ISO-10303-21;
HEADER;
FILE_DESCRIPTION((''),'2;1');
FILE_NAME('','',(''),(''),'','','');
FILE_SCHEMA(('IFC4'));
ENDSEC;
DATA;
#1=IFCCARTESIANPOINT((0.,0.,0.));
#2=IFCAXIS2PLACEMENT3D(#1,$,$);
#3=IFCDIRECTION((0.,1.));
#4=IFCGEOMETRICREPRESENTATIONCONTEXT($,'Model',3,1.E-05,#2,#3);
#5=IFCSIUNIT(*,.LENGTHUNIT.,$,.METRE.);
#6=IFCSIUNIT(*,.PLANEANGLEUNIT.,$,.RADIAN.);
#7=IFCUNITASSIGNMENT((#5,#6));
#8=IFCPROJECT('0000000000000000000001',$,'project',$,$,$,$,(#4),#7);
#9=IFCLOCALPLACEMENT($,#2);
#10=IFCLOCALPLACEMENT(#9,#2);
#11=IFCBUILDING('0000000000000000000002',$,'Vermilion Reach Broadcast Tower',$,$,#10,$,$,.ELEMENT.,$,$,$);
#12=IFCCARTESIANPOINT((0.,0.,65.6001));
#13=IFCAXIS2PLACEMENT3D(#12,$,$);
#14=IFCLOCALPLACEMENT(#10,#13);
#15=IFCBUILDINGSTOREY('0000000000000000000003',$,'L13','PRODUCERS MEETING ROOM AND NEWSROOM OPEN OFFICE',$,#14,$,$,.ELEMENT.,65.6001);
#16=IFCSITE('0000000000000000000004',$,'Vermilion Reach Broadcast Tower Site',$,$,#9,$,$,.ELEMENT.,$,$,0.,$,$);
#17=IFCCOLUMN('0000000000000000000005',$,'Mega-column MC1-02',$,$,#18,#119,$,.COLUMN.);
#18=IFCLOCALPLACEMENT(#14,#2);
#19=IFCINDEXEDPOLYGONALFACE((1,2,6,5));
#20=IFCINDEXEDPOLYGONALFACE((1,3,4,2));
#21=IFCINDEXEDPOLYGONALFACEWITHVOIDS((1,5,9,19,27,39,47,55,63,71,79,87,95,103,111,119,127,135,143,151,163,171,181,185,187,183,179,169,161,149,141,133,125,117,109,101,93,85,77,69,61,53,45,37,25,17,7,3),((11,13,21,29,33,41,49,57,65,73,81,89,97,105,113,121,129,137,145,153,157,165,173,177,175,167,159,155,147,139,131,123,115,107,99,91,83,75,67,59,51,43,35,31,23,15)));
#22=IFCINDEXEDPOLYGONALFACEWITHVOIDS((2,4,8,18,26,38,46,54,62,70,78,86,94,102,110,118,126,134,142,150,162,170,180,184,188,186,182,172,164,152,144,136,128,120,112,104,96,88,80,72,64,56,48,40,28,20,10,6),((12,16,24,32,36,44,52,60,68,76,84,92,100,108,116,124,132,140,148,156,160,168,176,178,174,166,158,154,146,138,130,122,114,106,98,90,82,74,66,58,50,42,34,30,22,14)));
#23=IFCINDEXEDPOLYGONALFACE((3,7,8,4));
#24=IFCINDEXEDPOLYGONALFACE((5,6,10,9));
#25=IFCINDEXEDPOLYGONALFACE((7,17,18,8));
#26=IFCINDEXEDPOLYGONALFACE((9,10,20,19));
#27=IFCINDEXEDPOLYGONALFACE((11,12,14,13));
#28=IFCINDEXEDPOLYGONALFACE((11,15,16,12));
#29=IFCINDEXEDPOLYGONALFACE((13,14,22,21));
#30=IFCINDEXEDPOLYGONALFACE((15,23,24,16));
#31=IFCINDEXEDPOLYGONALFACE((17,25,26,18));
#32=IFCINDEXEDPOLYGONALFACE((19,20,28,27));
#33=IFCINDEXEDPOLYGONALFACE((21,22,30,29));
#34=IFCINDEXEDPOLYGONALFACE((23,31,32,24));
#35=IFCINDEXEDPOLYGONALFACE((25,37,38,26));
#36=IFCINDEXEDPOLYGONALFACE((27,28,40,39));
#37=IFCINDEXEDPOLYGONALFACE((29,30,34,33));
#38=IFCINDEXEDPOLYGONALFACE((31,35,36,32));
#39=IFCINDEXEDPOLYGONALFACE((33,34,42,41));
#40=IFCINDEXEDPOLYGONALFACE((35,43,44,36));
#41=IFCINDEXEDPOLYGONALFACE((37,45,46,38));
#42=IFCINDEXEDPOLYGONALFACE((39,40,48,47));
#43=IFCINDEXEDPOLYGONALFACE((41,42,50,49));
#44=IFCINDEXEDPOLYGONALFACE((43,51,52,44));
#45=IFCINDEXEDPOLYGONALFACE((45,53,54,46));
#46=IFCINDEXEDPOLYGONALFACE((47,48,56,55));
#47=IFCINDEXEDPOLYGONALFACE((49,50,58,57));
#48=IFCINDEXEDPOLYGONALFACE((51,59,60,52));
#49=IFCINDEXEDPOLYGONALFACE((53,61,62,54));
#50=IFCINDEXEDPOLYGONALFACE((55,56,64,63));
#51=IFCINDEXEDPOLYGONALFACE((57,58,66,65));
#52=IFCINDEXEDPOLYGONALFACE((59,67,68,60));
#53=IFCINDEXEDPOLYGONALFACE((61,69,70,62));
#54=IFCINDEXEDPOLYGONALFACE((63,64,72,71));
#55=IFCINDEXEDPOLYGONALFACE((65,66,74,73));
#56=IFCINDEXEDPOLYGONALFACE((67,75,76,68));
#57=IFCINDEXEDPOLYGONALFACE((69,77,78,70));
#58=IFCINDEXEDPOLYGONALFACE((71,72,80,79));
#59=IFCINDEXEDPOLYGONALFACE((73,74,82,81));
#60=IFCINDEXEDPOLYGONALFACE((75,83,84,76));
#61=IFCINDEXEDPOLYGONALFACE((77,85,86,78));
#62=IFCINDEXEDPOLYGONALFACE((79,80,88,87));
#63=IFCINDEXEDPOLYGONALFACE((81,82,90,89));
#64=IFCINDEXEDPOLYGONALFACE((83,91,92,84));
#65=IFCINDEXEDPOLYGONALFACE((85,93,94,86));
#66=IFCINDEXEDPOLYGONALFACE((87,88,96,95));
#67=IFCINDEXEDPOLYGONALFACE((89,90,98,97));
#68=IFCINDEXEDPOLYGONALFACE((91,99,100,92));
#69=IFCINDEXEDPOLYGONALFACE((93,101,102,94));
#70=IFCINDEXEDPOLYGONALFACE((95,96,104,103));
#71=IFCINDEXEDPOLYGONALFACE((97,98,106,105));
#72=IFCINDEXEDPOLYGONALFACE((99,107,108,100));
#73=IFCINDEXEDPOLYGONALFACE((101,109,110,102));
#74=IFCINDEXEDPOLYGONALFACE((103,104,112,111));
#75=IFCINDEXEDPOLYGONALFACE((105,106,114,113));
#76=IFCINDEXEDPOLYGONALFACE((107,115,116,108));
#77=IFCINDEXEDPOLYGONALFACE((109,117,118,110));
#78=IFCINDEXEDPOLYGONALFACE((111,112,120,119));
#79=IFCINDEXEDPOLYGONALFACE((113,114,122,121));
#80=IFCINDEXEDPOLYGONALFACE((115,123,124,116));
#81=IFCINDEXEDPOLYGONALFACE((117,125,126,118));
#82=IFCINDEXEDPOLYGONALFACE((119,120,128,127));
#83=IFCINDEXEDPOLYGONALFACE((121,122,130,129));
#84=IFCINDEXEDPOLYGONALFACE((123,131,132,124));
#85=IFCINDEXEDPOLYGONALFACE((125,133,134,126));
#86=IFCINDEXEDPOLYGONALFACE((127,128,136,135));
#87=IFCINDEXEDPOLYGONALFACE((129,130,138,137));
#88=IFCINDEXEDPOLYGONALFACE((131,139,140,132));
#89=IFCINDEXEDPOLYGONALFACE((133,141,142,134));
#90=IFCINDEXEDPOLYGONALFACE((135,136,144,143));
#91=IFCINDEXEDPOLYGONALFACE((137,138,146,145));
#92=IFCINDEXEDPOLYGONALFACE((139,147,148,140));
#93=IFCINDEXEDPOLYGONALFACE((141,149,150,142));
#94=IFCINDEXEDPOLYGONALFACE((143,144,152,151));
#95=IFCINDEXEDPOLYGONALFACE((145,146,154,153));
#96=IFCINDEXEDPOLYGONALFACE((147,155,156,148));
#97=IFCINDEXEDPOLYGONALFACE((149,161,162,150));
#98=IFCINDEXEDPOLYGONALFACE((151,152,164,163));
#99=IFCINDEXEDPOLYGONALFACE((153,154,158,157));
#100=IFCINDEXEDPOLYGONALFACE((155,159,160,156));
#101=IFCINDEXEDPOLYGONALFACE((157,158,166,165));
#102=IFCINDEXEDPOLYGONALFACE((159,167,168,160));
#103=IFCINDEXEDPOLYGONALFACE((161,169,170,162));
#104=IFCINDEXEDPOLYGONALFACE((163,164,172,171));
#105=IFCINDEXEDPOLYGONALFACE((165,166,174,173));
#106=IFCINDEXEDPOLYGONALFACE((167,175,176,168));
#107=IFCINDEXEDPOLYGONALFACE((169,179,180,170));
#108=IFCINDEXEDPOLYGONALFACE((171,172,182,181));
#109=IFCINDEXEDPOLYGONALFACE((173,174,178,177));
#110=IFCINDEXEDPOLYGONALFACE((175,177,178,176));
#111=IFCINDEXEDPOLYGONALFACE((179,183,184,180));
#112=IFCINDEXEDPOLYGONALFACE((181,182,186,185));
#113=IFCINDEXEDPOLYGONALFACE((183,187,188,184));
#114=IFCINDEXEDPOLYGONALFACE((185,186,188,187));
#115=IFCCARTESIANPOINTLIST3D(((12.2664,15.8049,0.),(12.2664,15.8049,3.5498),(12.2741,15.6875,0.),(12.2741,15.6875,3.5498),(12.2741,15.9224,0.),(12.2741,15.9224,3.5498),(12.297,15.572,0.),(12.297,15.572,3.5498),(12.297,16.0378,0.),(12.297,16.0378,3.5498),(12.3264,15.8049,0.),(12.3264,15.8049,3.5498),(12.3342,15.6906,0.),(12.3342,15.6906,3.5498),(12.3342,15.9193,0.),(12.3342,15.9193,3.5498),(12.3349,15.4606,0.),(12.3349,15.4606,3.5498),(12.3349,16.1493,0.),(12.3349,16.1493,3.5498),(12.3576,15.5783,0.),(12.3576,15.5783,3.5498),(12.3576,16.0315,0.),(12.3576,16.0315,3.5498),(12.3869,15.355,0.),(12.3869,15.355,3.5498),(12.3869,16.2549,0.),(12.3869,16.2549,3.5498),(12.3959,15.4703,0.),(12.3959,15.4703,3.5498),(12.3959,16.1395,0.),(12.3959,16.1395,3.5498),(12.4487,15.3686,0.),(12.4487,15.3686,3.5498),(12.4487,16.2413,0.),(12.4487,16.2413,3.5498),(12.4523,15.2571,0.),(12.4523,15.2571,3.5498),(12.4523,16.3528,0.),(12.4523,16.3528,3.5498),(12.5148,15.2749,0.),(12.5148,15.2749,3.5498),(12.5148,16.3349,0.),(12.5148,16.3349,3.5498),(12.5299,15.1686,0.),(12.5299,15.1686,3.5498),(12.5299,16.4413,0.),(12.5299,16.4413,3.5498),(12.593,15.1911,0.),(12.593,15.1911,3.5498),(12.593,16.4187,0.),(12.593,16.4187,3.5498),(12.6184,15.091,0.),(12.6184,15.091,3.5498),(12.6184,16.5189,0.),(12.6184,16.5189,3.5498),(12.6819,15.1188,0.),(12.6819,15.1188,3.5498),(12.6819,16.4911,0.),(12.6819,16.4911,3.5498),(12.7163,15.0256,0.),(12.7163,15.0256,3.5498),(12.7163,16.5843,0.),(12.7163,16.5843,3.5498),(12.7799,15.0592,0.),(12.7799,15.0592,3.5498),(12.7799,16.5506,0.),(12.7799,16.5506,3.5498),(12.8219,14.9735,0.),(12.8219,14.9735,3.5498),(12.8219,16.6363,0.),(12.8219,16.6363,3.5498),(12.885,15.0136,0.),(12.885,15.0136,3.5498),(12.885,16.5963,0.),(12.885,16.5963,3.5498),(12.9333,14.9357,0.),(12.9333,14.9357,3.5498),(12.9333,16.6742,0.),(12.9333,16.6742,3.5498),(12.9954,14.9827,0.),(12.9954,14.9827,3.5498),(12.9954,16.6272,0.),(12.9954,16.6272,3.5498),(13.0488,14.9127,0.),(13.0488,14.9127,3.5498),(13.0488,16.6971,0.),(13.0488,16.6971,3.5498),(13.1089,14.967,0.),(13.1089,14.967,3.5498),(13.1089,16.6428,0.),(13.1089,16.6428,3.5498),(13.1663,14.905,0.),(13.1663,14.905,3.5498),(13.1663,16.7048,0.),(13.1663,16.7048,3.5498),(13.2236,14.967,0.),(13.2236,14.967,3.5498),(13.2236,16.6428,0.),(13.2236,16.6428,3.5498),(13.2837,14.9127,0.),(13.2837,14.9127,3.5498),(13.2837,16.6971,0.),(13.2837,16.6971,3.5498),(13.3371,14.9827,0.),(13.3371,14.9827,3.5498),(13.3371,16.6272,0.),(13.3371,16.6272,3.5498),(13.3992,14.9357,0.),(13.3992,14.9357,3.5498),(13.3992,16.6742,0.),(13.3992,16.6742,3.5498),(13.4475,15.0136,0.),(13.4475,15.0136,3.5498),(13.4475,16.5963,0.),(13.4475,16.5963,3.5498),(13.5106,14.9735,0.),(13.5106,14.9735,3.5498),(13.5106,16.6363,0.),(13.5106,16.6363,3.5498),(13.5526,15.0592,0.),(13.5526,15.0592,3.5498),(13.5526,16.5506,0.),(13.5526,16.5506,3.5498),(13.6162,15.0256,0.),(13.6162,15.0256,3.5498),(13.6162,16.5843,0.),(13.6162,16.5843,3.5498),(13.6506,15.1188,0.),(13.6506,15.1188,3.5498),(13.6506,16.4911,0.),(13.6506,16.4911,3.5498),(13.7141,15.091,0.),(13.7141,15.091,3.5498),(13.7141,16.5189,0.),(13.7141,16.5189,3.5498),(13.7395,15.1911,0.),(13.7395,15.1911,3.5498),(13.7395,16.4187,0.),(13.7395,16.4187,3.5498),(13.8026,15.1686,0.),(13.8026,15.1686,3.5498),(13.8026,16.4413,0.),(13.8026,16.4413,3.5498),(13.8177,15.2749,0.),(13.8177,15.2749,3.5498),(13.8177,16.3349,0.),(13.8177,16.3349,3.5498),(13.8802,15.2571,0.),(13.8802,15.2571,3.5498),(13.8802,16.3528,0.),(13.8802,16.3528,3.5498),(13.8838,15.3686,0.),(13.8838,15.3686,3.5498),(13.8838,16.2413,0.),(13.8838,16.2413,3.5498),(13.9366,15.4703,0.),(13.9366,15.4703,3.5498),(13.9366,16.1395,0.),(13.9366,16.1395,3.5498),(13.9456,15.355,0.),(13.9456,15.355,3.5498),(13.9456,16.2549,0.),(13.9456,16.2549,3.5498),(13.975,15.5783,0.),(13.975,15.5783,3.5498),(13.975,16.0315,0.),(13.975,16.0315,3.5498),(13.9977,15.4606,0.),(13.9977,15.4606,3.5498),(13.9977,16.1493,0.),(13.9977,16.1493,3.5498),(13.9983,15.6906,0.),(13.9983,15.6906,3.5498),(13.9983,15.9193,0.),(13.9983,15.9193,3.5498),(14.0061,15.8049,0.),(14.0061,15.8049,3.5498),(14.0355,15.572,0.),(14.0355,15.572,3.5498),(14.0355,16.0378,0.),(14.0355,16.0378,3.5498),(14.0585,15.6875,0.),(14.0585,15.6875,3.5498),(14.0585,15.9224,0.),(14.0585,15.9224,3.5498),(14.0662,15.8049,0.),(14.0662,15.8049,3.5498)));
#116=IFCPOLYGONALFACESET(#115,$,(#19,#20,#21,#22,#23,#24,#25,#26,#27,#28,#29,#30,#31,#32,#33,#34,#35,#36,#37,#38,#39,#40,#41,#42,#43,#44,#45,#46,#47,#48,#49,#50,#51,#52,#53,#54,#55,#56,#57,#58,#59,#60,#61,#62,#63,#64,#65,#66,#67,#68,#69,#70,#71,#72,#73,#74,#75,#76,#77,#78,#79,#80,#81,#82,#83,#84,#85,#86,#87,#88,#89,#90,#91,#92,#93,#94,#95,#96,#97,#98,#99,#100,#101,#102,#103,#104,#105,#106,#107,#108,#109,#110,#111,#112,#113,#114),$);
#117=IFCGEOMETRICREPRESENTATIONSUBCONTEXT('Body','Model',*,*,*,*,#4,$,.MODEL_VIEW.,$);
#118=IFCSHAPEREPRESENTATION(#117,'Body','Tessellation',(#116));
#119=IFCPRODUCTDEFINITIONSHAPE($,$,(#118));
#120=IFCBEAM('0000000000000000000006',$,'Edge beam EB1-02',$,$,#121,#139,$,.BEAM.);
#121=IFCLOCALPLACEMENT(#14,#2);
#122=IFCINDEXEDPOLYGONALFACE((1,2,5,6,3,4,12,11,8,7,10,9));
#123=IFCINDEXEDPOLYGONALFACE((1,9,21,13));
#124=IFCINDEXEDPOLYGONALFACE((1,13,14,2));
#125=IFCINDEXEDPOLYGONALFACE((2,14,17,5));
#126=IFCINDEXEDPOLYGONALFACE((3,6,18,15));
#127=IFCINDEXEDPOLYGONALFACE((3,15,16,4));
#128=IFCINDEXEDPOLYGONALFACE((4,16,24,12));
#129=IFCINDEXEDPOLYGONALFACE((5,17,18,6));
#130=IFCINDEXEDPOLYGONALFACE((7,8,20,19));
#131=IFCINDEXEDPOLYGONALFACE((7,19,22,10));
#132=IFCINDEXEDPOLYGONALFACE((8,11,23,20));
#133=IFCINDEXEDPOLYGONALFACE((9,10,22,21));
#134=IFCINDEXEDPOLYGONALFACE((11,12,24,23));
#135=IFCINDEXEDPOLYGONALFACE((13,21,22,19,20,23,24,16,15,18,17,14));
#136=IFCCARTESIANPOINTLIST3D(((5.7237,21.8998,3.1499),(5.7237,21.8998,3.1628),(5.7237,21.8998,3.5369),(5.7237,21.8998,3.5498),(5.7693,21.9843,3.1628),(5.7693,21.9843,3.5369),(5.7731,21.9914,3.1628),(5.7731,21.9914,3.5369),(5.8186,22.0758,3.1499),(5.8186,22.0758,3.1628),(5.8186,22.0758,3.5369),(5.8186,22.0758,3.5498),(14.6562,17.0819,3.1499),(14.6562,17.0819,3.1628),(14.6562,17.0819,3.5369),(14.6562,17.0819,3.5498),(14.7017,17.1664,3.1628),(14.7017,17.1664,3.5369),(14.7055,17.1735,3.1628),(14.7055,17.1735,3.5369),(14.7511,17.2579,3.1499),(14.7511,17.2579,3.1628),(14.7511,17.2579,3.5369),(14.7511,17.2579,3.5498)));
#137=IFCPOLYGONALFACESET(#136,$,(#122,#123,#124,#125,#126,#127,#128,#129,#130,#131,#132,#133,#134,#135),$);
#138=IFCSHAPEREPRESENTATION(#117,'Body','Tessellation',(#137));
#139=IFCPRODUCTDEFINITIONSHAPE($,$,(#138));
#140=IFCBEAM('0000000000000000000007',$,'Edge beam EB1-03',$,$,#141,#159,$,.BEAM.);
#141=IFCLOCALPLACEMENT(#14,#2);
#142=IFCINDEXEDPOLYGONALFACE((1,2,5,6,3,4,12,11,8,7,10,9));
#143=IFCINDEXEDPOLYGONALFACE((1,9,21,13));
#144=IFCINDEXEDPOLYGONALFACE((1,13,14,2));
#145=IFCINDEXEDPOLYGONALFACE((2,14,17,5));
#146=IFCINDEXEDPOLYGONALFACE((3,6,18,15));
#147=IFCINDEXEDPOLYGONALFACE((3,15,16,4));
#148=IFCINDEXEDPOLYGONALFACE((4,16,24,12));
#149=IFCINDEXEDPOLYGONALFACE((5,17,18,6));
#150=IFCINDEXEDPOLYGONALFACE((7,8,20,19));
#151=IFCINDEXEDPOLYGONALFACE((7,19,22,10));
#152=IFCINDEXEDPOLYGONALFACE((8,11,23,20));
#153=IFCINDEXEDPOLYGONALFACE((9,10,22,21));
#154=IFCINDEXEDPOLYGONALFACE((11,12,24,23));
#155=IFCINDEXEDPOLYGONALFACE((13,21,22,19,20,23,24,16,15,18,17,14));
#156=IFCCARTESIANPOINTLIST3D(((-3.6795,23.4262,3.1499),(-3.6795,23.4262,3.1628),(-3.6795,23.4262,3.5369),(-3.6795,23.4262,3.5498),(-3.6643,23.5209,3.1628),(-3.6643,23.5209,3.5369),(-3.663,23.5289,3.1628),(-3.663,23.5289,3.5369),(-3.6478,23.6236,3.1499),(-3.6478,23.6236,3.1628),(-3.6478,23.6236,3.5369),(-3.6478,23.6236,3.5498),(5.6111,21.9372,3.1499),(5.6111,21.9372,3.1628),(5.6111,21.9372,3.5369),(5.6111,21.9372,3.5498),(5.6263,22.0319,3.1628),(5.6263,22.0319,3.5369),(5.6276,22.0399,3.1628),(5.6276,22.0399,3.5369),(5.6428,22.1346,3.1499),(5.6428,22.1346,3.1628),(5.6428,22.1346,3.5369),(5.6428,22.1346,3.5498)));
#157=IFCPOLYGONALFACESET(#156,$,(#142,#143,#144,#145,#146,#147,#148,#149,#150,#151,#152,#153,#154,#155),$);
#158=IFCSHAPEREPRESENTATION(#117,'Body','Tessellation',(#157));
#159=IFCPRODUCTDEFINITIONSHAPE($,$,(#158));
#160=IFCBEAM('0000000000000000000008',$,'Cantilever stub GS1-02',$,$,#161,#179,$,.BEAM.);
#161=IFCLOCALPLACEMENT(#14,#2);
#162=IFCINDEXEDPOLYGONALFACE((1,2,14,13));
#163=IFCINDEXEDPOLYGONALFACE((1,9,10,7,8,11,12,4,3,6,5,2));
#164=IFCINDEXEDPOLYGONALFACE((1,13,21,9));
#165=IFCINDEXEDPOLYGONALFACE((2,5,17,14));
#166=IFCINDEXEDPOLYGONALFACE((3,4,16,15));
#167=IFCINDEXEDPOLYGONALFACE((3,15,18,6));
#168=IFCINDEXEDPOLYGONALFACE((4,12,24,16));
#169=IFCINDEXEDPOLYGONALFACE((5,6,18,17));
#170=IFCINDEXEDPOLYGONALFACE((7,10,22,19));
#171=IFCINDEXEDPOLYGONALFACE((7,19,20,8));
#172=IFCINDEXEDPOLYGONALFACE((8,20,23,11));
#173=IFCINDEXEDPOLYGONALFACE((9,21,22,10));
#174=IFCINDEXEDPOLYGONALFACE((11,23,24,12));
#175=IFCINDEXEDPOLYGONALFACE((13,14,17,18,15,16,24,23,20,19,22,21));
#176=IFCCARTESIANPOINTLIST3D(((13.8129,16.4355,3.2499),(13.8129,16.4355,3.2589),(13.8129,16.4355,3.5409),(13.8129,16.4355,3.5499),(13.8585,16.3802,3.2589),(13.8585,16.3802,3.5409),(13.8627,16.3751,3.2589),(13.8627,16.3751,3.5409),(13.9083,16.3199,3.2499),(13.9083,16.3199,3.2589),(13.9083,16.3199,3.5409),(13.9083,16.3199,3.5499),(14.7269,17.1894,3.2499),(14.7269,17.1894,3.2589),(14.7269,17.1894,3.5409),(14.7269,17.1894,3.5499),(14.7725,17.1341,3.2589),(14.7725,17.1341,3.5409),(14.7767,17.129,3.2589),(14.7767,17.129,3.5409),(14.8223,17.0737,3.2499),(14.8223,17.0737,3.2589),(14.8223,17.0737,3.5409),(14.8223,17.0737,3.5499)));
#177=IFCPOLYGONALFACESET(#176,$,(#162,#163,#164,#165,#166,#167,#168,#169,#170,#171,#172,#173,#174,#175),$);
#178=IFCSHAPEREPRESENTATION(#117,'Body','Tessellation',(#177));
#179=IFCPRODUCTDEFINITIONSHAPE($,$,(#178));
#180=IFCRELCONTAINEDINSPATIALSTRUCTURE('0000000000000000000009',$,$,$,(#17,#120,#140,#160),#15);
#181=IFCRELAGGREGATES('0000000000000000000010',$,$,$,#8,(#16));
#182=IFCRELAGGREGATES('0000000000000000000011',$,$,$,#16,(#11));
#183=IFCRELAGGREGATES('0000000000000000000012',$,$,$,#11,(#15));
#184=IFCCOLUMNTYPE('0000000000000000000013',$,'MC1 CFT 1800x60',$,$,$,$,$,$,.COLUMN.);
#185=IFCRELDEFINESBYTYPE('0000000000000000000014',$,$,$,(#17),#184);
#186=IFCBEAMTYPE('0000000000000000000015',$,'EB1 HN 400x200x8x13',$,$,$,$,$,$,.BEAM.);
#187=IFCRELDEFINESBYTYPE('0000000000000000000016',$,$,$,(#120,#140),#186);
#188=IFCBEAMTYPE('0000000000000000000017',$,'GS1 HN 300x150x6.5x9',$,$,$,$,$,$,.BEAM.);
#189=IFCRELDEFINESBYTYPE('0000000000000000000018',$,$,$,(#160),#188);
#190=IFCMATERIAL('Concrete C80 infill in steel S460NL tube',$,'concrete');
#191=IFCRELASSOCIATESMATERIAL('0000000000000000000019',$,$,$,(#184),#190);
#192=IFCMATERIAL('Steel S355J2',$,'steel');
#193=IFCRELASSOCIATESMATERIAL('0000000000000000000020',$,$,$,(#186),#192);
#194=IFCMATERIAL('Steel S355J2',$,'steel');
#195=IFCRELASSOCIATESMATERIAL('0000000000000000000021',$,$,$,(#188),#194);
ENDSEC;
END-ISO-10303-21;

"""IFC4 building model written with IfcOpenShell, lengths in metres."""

from ifc_helpers import new_model, si_unit, direction, frame, origin, origin_2d, place, context, subcontext, project, spatial, hollow_circle, i_section, extrude, material, material_profile, profile_set, type_object, element, save


model = new_model("IFC4")

# Units and contexts
model_context = context("Model", 3, precision=1e-05, world=origin(), true_north=direction((0.0, 1.0)))
body_context = subcontext(model_context, "Body", "Model", "MODEL_VIEW")
ifc_project = project(units=[si_unit("LENGTHUNIT", "METRE"), si_unit("PLANEANGLEUNIT", "RADIAN")], contexts=[model_context])

# Site, building, storey
site_placement = place(None, origin())
site = spatial("IfcSite", under=ifc_project, at=site_placement, Name="Vermilion Reach Broadcast Tower Site", CompositionType="ELEMENT", RefElevation=0.0)
building_placement = place(site_placement, origin())
building = spatial("IfcBuilding", under=site, at=building_placement, Name="Vermilion Reach Broadcast Tower", CompositionType="ELEMENT")
storey_placement = place(building_placement, frame((0.0, 0.0, 65.6001)))
storey = spatial("IfcBuildingStorey", under=building, at=storey_placement, Name="L13", Description="PRODUCERS MEETING ROOM AND NEWSROOM OPEN OFFICE", CompositionType="ELEMENT", Elevation=65.6001)

# Column
ifc_material_1 = material(Name="Concrete C80 infill in steel S460NL tube", Category="concrete")
ifc_material_profile_1 = material_profile(ifc_material_1, hollow_circle(Radius=0.8999, WallThickness=0.0601, at=origin_2d()), Name="Concrete C80 infill in steel S460NL tube CFT 1800x60")
ifc_profile_set_1 = profile_set([ifc_material_profile_1], Name="Concrete C80 infill in steel S460NL tube")
column_type = type_object("IfcColumnType", Name="MC1 CFT 1800x60", PredefinedType="COLUMN", material=ifc_profile_set_1)
column_placement = place(storey_placement, frame((13.1663, 15.8049, 0.0), z_axis=(0.0, 0.0, 1.0), x_axis=(1.0, 0.0, 0.0)))
element("IfcColumn", 1, at=column_placement, inside=storey, type_object=column_type, Name="Mega-column MC1-02", PredefinedType="COLUMN", context=body_context, shape_type="SweptSolid", body=[
    extrude(hollow_circle(Radius=0.8999, WallThickness=0.0601, at=origin_2d()), origin(), (0.0, 0.0, 1.0), 3.5498),
])

# Beams
ifc_material_2 = material(Name="Steel S355J2", Category="steel")
ifc_material_profile_2 = material_profile(ifc_material_2, i_section(OverallWidth=0.2, OverallDepth=0.3999, WebThickness=0.0081, FlangeThickness=0.0129, at=origin_2d()), Name="S355J2 HN 400x200x8x13")
ifc_profile_set_2 = profile_set([ifc_material_profile_2], Name="Steel S355J2")
beam_type_1 = type_object("IfcBeamType", Name="EB1 HN 400x200x8x13", PredefinedType="BEAM", material=ifc_profile_set_2)
beam_1_placement = place(storey_placement, frame((14.7036, 17.1699, 3.3499), z_axis=(-0.880136, 0.474721, 0.0), x_axis=(-0.474721, -0.880136, 0.0)))
element("IfcBeam", 2, at=beam_1_placement, inside=storey, type_object=beam_type_1, Name="Edge beam EB1-02", PredefinedType="BEAM", context=body_context, shape_type="SweptSolid", body=[
    extrude(i_section(OverallWidth=0.2, OverallDepth=0.3999, WebThickness=0.0081, FlangeThickness=0.0129, at=origin_2d()), origin(), (0.0, 0.0, 1.0), 10.1489),
])
beam_2_placement = place(storey_placement, frame((5.627, 22.0359, 3.3499), z_axis=(-0.987399, 0.158253, 0.0), x_axis=(-0.158253, -0.987399, 0.0)))
element("IfcBeam", 3, at=beam_2_placement, inside=storey, type_object=beam_type_1, Name="Edge beam EB1-03", PredefinedType="BEAM", context=body_context, shape_type="SweptSolid", body=[
    extrude(i_section(OverallWidth=0.2, OverallDepth=0.3999, WebThickness=0.0081, FlangeThickness=0.0129, at=origin_2d()), origin(), (0.0, 0.0, 1.0), 9.4092),
])
ifc_material_3 = material(Name="Steel S355J2", Category="steel")
ifc_material_profile_3 = material_profile(ifc_material_3, i_section(OverallWidth=0.1499, OverallDepth=0.3, WebThickness=0.0066, FlangeThickness=0.009, at=origin_2d()), Name="S355J2 HN 300x150x6.5x9")
ifc_profile_set_3 = profile_set([ifc_material_profile_3], Name="Steel S355J2")
beam_type_2 = type_object("IfcBeamType", Name="GS1 HN 300x150x6.5x9", PredefinedType="BEAM", material=ifc_profile_set_3)
beam_3_placement = place(storey_placement, frame((13.8606, 16.3777, 3.3999), z_axis=(0.771454, 0.636285, 0.0), x_axis=(-0.636285, 0.771454, 0.0)))
element("IfcBeam", 4, at=beam_3_placement, inside=storey, type_object=beam_type_2, Name="Cantilever stub GS1-02", PredefinedType="BEAM", context=body_context, shape_type="SweptSolid", body=[
    extrude(i_section(OverallWidth=0.1499, OverallDepth=0.3, WebThickness=0.0066, FlangeThickness=0.009, at=origin_2d()), origin(), (0.0, 0.0, 1.0), 1.1848),
])

save(model, "model.ifc")
